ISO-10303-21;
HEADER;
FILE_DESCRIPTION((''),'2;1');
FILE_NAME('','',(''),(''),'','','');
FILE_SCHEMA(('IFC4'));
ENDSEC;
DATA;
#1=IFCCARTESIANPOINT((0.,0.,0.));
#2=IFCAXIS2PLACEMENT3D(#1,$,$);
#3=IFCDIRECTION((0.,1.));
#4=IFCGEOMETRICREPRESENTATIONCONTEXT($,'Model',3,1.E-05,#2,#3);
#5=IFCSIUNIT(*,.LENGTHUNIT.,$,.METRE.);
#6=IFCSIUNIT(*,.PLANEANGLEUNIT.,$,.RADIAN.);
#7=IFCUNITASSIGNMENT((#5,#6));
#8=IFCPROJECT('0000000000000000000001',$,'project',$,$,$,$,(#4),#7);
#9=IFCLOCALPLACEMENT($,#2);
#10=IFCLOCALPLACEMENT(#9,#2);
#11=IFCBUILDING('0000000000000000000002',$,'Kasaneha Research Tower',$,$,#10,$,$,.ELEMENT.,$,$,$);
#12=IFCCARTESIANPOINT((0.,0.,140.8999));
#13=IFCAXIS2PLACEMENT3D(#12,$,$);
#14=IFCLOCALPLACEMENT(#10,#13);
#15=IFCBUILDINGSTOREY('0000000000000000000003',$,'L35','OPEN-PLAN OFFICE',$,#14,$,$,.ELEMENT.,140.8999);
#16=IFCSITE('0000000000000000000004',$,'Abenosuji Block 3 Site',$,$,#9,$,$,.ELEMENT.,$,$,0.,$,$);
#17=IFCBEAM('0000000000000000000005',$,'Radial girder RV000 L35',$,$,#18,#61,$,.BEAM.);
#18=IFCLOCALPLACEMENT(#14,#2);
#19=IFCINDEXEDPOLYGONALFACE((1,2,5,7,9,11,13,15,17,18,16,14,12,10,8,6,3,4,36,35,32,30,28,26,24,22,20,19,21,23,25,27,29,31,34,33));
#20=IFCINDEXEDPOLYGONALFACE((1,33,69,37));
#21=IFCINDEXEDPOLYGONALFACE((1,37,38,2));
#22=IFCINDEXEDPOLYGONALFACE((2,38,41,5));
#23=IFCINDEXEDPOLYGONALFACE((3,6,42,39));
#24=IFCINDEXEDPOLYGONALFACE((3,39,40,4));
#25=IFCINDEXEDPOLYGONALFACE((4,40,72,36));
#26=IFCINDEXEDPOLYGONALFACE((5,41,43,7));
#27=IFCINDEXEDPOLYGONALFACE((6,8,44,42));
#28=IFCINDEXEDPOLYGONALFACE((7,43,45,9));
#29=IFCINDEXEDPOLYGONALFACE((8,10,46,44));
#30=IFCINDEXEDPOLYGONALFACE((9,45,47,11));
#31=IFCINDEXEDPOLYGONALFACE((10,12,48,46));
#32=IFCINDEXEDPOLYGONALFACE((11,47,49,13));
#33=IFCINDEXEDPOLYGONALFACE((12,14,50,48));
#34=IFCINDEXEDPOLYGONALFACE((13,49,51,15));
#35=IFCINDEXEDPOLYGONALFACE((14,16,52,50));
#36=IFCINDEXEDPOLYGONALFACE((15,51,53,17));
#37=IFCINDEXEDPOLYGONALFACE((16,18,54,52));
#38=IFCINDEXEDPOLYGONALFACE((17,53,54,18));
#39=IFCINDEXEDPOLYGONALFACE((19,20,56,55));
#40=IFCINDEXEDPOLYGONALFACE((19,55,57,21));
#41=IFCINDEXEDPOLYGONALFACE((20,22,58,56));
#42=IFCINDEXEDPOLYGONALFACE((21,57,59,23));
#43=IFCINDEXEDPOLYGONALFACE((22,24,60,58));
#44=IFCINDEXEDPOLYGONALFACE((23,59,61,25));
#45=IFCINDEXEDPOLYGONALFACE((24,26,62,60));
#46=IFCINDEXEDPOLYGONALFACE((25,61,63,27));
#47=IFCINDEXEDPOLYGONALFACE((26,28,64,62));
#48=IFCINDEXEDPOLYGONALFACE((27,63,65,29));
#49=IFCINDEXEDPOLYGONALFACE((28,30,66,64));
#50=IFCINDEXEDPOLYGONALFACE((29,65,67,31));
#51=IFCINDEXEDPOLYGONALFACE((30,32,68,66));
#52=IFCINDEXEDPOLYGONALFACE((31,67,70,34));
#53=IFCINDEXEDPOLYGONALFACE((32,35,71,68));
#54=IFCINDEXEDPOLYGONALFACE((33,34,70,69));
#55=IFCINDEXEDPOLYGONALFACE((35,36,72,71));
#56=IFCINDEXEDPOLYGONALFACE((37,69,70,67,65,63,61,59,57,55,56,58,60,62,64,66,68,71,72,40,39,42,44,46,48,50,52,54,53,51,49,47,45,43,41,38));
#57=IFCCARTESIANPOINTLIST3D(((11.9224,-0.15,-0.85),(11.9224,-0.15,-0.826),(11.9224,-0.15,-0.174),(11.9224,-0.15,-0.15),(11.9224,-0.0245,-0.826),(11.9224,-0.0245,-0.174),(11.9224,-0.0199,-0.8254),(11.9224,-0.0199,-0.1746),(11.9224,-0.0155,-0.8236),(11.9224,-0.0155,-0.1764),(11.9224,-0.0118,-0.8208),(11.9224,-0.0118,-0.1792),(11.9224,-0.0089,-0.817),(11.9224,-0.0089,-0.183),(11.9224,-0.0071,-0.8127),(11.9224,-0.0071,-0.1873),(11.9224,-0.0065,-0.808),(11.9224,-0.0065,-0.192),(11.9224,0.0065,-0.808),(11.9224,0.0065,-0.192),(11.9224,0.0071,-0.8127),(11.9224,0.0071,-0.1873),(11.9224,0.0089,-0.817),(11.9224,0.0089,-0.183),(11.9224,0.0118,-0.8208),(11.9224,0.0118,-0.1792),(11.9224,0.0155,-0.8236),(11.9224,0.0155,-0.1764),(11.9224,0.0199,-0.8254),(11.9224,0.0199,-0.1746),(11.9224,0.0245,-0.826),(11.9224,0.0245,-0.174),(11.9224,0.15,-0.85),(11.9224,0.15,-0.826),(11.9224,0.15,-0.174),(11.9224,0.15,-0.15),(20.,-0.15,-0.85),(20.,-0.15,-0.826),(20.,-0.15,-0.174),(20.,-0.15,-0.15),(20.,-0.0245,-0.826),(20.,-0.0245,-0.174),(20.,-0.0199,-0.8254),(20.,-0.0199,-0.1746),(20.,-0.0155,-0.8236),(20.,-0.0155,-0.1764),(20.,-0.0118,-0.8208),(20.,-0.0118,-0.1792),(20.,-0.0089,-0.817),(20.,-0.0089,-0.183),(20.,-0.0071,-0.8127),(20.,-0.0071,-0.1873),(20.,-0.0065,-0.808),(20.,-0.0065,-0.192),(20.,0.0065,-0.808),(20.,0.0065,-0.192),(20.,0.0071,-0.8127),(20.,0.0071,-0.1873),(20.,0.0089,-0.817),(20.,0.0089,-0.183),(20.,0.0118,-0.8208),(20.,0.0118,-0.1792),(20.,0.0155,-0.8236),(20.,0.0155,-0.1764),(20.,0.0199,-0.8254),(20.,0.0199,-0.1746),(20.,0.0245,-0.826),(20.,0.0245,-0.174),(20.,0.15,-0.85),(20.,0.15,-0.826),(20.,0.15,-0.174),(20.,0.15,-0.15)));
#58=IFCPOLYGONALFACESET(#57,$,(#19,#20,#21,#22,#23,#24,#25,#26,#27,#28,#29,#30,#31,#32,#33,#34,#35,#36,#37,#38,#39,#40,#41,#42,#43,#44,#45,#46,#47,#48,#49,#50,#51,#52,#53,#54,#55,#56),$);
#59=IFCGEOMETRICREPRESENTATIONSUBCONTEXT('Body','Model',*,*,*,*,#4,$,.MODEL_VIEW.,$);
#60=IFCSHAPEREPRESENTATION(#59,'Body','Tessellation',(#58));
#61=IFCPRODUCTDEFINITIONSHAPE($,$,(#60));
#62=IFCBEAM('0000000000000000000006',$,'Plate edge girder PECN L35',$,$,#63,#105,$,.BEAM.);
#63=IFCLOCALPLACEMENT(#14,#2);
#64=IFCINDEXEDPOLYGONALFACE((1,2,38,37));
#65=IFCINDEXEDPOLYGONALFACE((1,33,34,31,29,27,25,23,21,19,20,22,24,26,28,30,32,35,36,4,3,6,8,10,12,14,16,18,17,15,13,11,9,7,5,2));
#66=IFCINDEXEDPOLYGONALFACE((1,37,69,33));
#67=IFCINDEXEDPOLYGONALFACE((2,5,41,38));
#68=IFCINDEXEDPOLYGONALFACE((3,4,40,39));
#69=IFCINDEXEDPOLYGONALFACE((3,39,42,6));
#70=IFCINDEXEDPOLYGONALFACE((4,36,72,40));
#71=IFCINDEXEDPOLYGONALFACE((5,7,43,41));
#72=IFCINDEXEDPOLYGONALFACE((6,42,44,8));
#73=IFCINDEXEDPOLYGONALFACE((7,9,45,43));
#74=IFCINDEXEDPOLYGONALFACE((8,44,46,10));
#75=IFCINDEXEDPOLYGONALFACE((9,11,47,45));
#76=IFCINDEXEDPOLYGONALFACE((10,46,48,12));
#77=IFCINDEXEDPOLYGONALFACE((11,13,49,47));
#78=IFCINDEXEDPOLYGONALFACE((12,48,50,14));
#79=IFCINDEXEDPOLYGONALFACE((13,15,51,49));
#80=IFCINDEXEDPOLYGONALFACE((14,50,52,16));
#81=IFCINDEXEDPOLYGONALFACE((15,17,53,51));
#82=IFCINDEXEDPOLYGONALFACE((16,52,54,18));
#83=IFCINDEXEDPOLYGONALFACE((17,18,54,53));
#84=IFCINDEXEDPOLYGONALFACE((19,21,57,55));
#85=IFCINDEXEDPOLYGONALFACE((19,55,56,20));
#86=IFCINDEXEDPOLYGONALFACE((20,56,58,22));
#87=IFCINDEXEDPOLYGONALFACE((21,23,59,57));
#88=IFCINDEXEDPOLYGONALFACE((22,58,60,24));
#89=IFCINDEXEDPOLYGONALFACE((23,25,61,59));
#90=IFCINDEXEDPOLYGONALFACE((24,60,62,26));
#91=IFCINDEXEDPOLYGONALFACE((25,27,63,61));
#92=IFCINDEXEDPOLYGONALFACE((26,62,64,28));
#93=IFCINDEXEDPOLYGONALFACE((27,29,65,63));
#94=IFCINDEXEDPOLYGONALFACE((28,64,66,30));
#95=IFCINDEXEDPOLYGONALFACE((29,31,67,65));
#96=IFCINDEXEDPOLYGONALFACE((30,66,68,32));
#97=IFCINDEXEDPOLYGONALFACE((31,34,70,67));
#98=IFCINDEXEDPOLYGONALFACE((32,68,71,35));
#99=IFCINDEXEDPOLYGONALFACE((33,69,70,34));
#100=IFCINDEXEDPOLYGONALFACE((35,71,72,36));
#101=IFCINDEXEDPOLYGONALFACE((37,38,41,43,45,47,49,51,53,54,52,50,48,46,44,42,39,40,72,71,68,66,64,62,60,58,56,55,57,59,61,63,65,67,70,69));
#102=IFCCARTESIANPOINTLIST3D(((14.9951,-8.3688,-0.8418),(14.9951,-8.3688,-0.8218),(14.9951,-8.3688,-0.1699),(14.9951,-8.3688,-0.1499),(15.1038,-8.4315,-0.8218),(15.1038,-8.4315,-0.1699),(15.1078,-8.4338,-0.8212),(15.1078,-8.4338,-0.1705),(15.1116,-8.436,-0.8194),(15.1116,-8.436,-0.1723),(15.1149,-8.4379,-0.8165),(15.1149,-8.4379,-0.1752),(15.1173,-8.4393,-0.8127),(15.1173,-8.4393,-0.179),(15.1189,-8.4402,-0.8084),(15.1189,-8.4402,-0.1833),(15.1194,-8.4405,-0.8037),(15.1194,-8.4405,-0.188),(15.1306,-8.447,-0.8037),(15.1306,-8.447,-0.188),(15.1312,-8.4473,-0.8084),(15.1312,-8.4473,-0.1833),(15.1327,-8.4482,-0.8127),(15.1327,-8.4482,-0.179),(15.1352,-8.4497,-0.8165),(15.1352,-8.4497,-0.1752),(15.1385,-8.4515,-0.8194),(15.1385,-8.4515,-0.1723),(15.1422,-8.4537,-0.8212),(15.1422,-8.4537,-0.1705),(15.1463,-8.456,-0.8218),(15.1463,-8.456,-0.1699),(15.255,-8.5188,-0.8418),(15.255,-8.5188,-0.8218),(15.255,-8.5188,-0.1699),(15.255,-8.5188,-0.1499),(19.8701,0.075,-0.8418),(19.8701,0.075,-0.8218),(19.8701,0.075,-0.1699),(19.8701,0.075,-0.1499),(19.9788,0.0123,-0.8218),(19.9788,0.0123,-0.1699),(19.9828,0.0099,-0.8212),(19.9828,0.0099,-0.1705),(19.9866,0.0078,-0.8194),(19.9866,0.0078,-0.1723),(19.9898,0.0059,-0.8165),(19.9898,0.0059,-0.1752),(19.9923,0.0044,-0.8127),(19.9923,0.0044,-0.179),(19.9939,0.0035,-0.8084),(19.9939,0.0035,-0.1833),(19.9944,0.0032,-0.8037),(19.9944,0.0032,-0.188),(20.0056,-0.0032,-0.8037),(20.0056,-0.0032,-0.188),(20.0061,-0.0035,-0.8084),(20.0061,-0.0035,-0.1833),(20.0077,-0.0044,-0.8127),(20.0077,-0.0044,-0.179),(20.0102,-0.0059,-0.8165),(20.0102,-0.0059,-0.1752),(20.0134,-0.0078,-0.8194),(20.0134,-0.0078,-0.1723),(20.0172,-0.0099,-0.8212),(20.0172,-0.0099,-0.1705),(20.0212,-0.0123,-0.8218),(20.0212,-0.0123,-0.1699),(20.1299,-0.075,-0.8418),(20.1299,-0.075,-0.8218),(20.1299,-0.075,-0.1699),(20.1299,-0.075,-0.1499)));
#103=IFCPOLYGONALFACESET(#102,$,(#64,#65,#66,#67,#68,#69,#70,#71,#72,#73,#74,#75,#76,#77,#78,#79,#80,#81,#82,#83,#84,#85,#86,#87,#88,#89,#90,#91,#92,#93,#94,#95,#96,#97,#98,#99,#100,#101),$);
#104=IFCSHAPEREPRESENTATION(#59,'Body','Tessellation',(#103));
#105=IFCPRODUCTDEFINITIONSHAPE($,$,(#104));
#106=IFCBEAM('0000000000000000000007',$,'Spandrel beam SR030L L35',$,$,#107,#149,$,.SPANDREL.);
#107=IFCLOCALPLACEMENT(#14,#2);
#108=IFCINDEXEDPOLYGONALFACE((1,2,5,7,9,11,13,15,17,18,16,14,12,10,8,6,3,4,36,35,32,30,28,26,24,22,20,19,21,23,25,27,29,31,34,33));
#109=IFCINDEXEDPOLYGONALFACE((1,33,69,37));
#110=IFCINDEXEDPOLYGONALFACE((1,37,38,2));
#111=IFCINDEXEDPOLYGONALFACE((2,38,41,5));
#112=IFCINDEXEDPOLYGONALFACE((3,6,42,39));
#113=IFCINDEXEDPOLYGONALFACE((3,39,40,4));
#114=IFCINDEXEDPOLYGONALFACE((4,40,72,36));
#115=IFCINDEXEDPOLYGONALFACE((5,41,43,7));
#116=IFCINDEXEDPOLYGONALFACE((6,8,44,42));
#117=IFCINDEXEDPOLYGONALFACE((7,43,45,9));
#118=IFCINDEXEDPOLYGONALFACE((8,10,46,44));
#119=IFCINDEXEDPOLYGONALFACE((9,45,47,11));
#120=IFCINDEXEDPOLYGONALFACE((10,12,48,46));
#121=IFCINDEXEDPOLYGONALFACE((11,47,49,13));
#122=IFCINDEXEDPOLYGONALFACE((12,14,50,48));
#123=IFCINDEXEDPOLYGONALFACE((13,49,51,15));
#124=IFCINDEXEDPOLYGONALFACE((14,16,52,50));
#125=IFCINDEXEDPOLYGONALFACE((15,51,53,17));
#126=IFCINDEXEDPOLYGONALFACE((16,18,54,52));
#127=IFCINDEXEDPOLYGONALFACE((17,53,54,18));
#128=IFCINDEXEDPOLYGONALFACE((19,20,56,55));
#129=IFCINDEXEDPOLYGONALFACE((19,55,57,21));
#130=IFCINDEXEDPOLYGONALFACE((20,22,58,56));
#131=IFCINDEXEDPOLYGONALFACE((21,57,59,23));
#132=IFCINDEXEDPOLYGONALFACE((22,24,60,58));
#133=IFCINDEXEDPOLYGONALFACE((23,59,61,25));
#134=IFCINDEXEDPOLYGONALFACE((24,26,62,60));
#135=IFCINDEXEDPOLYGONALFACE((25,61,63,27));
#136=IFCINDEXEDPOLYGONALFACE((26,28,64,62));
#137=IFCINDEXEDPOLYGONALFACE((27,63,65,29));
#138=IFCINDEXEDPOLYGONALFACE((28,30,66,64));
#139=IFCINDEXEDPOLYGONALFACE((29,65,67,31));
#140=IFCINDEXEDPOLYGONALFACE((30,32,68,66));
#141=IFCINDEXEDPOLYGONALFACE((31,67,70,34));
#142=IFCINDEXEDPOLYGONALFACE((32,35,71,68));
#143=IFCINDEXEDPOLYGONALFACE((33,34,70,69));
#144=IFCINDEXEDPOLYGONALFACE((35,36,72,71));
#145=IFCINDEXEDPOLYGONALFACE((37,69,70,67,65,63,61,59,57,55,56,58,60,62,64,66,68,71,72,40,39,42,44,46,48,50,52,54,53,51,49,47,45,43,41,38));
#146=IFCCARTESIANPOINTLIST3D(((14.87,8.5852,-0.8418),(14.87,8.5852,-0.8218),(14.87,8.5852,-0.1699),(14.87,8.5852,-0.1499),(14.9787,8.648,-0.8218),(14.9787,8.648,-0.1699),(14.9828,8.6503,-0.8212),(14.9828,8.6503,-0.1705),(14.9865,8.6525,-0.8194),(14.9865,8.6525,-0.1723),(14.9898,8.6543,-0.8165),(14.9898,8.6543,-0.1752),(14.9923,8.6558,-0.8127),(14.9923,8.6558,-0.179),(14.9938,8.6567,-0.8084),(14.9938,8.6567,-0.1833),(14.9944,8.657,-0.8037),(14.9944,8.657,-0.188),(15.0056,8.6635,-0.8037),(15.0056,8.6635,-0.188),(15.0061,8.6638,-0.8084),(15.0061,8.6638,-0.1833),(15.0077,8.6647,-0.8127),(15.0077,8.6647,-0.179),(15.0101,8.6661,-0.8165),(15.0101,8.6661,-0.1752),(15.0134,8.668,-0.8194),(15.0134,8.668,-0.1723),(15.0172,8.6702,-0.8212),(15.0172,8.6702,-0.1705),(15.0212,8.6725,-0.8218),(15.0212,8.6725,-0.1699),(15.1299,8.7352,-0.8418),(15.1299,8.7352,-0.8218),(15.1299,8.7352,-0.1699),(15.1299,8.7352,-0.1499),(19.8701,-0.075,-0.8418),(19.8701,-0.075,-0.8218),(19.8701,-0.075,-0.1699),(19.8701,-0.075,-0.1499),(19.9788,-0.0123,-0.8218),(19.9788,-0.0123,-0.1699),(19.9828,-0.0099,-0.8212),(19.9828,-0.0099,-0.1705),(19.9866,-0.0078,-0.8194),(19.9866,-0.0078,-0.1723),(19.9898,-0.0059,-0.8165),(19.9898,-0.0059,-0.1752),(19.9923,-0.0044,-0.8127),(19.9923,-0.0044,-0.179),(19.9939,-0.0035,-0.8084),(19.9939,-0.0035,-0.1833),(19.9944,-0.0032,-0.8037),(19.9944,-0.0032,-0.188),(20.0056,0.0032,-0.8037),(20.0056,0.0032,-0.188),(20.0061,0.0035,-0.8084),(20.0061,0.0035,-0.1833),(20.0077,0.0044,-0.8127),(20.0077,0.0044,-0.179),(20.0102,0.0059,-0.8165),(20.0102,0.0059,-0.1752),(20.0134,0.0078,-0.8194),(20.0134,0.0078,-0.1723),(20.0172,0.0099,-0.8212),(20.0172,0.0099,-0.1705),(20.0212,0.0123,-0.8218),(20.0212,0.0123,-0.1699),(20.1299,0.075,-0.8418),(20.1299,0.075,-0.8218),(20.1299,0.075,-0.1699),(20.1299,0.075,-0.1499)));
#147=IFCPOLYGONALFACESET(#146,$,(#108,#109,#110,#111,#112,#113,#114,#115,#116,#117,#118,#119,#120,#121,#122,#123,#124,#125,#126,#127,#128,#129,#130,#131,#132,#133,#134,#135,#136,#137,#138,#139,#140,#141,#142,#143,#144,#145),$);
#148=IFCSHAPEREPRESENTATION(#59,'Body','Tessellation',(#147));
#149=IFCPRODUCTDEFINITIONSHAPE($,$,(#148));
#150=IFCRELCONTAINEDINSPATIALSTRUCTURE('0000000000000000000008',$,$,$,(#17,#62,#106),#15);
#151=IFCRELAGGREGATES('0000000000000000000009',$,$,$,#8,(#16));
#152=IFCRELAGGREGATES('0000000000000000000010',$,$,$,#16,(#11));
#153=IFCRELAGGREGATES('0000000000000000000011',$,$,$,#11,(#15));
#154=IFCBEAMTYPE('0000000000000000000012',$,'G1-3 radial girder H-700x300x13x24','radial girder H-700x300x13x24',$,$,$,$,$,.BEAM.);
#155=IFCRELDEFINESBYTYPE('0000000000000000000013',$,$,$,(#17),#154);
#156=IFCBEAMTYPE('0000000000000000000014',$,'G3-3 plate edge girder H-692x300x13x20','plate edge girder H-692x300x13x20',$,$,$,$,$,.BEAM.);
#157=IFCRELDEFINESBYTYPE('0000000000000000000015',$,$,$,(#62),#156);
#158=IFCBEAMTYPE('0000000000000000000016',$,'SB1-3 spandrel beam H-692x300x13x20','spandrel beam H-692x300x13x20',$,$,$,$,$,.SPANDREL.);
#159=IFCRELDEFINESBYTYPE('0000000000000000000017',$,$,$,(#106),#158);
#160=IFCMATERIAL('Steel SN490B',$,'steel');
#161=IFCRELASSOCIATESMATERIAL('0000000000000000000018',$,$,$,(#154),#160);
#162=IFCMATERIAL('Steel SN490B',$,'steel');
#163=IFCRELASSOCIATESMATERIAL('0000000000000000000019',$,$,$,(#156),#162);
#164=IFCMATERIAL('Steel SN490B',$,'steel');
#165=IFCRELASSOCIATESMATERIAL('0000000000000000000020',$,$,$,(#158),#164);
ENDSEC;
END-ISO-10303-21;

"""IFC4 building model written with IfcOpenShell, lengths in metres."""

from ifc_helpers import new_model, si_unit, direction, frame, origin, origin_2d, place, context, subcontext, project, spatial, i_section, extrude, material, material_profile, profile_set, type_object, element, save


model = new_model("IFC4")

# Units and contexts
model_context = context("Model", 3, precision=1e-05, world=origin(), true_north=direction((0.0, 1.0)))
body_context = subcontext(model_context, "Body", "Model", "MODEL_VIEW")
ifc_project = project(units=[si_unit("LENGTHUNIT", "METRE"), si_unit("PLANEANGLEUNIT", "RADIAN")], contexts=[model_context])

# Site, building, storey
site_placement = place(None, origin())
site = spatial("IfcSite", under=ifc_project, at=site_placement, Name="Abenosuji Block 3 Site", CompositionType="ELEMENT", RefElevation=0.0)
building_placement = place(site_placement, origin())
building = spatial("IfcBuilding", under=site, at=building_placement, Name="Kasaneha Research Tower", CompositionType="ELEMENT")
storey_placement = place(building_placement, frame((0.0, 0.0, 140.8999)))
storey = spatial("IfcBuildingStorey", under=building, at=storey_placement, Name="L35", Description="OPEN-PLAN OFFICE", CompositionType="ELEMENT", Elevation=140.8999)

# Beams
ifc_material_1 = material(Name="Steel SN490B", Category="steel")
ifc_material_profile_1 = material_profile(ifc_material_1, i_section(OverallWidth=0.3, OverallDepth=0.7, WebThickness=0.0129, FlangeThickness=0.0239, FilletRadius=0.0181, at=origin_2d()), Name="H-700x300x13x24")
ifc_profile_set_1 = profile_set([ifc_material_profile_1], Name="Steel SN490B")
beam_type_1 = type_object("IfcBeamType", Name="G1-3 radial girder H-700x300x13x24", Description="radial girder H-700x300x13x24", PredefinedType="BEAM", material=ifc_profile_set_1)
beam_1_placement = place(storey_placement, frame((11.9224, 0.0, -0.5), z_axis=(1.0, 0.0, 0.0), x_axis=(0.0, 1.0, 0.0)))
element("IfcBeam", 1, at=beam_1_placement, inside=storey, type_object=beam_type_1, Name="Radial girder RV000 L35", PredefinedType="BEAM", context=body_context, shape_type="SweptSolid", body=[
    extrude(i_section(OverallWidth=0.3, OverallDepth=0.7, WebThickness=0.0129, FlangeThickness=0.0239, FilletRadius=0.0181, at=origin_2d()), origin(), (0.0, 0.0, 1.0), 8.0776),
])
ifc_material_2 = material(Name="Steel SN490B", Category="steel")
ifc_material_profile_2 = material_profile(ifc_material_2, i_section(OverallWidth=0.3, OverallDepth=0.6919, WebThickness=0.0129, FlangeThickness=0.02, FilletRadius=0.0181, at=origin_2d()), Name="H-692x300x13x20")
ifc_profile_set_2 = profile_set([ifc_material_profile_2], Name="Steel SN490B")
beam_type_2 = type_object("IfcBeamType", Name="G3-3 plate edge girder H-692x300x13x20", Description="plate edge girder H-692x300x13x20", PredefinedType="BEAM", material=ifc_profile_set_2)
beam_2_placement = place(storey_placement, frame((20.0, 0.0, -0.4958), z_axis=(-0.499996, -0.866028, 0.0), x_axis=(0.866028, -0.499996, 0.0)))
element("IfcBeam", 2, at=beam_2_placement, inside=storey, type_object=beam_type_2, Name="Plate edge girder PECN L35", PredefinedType="BEAM", context=body_context, shape_type="SweptSolid", body=[
    extrude(i_section(OverallWidth=0.3, OverallDepth=0.6919, WebThickness=0.0129, FlangeThickness=0.02, FilletRadius=0.0181, at=origin_2d()), origin(), (0.0, 0.0, 1.0), 9.75),
])
ifc_material_3 = material(Name="Steel SN490B", Category="steel")
ifc_material_profile_3 = material_profile(ifc_material_3, i_section(OverallWidth=0.3, OverallDepth=0.6919, WebThickness=0.0129, FlangeThickness=0.02, FilletRadius=0.0181, at=origin_2d()), Name="H-692x300x13x20")
ifc_profile_set_3 = profile_set([ifc_material_profile_3], Name="Steel SN490B")
beam_type_3 = type_object("IfcBeamType", Name="SB1-3 spandrel beam H-692x300x13x20", Description="spandrel beam H-692x300x13x20", PredefinedType="SPANDREL", material=ifc_profile_set_3)
beam_3_placement = place(storey_placement, frame((20.0, 0.0, -0.4958), z_axis=(-0.500004, 0.866023, 0.0), x_axis=(-0.866023, -0.500004, 0.0)))
element("IfcBeam", 3, at=beam_3_placement, inside=storey, type_object=beam_type_3, Name="Spandrel beam SR030L L35", PredefinedType="SPANDREL", context=body_context, shape_type="SweptSolid", body=[
    extrude(i_section(OverallWidth=0.3, OverallDepth=0.6919, WebThickness=0.0129, FlangeThickness=0.02, FilletRadius=0.0181, at=origin_2d()), origin(), (0.0, 0.0, 1.0), 10.0),
])

save(model, "model.ifc")
